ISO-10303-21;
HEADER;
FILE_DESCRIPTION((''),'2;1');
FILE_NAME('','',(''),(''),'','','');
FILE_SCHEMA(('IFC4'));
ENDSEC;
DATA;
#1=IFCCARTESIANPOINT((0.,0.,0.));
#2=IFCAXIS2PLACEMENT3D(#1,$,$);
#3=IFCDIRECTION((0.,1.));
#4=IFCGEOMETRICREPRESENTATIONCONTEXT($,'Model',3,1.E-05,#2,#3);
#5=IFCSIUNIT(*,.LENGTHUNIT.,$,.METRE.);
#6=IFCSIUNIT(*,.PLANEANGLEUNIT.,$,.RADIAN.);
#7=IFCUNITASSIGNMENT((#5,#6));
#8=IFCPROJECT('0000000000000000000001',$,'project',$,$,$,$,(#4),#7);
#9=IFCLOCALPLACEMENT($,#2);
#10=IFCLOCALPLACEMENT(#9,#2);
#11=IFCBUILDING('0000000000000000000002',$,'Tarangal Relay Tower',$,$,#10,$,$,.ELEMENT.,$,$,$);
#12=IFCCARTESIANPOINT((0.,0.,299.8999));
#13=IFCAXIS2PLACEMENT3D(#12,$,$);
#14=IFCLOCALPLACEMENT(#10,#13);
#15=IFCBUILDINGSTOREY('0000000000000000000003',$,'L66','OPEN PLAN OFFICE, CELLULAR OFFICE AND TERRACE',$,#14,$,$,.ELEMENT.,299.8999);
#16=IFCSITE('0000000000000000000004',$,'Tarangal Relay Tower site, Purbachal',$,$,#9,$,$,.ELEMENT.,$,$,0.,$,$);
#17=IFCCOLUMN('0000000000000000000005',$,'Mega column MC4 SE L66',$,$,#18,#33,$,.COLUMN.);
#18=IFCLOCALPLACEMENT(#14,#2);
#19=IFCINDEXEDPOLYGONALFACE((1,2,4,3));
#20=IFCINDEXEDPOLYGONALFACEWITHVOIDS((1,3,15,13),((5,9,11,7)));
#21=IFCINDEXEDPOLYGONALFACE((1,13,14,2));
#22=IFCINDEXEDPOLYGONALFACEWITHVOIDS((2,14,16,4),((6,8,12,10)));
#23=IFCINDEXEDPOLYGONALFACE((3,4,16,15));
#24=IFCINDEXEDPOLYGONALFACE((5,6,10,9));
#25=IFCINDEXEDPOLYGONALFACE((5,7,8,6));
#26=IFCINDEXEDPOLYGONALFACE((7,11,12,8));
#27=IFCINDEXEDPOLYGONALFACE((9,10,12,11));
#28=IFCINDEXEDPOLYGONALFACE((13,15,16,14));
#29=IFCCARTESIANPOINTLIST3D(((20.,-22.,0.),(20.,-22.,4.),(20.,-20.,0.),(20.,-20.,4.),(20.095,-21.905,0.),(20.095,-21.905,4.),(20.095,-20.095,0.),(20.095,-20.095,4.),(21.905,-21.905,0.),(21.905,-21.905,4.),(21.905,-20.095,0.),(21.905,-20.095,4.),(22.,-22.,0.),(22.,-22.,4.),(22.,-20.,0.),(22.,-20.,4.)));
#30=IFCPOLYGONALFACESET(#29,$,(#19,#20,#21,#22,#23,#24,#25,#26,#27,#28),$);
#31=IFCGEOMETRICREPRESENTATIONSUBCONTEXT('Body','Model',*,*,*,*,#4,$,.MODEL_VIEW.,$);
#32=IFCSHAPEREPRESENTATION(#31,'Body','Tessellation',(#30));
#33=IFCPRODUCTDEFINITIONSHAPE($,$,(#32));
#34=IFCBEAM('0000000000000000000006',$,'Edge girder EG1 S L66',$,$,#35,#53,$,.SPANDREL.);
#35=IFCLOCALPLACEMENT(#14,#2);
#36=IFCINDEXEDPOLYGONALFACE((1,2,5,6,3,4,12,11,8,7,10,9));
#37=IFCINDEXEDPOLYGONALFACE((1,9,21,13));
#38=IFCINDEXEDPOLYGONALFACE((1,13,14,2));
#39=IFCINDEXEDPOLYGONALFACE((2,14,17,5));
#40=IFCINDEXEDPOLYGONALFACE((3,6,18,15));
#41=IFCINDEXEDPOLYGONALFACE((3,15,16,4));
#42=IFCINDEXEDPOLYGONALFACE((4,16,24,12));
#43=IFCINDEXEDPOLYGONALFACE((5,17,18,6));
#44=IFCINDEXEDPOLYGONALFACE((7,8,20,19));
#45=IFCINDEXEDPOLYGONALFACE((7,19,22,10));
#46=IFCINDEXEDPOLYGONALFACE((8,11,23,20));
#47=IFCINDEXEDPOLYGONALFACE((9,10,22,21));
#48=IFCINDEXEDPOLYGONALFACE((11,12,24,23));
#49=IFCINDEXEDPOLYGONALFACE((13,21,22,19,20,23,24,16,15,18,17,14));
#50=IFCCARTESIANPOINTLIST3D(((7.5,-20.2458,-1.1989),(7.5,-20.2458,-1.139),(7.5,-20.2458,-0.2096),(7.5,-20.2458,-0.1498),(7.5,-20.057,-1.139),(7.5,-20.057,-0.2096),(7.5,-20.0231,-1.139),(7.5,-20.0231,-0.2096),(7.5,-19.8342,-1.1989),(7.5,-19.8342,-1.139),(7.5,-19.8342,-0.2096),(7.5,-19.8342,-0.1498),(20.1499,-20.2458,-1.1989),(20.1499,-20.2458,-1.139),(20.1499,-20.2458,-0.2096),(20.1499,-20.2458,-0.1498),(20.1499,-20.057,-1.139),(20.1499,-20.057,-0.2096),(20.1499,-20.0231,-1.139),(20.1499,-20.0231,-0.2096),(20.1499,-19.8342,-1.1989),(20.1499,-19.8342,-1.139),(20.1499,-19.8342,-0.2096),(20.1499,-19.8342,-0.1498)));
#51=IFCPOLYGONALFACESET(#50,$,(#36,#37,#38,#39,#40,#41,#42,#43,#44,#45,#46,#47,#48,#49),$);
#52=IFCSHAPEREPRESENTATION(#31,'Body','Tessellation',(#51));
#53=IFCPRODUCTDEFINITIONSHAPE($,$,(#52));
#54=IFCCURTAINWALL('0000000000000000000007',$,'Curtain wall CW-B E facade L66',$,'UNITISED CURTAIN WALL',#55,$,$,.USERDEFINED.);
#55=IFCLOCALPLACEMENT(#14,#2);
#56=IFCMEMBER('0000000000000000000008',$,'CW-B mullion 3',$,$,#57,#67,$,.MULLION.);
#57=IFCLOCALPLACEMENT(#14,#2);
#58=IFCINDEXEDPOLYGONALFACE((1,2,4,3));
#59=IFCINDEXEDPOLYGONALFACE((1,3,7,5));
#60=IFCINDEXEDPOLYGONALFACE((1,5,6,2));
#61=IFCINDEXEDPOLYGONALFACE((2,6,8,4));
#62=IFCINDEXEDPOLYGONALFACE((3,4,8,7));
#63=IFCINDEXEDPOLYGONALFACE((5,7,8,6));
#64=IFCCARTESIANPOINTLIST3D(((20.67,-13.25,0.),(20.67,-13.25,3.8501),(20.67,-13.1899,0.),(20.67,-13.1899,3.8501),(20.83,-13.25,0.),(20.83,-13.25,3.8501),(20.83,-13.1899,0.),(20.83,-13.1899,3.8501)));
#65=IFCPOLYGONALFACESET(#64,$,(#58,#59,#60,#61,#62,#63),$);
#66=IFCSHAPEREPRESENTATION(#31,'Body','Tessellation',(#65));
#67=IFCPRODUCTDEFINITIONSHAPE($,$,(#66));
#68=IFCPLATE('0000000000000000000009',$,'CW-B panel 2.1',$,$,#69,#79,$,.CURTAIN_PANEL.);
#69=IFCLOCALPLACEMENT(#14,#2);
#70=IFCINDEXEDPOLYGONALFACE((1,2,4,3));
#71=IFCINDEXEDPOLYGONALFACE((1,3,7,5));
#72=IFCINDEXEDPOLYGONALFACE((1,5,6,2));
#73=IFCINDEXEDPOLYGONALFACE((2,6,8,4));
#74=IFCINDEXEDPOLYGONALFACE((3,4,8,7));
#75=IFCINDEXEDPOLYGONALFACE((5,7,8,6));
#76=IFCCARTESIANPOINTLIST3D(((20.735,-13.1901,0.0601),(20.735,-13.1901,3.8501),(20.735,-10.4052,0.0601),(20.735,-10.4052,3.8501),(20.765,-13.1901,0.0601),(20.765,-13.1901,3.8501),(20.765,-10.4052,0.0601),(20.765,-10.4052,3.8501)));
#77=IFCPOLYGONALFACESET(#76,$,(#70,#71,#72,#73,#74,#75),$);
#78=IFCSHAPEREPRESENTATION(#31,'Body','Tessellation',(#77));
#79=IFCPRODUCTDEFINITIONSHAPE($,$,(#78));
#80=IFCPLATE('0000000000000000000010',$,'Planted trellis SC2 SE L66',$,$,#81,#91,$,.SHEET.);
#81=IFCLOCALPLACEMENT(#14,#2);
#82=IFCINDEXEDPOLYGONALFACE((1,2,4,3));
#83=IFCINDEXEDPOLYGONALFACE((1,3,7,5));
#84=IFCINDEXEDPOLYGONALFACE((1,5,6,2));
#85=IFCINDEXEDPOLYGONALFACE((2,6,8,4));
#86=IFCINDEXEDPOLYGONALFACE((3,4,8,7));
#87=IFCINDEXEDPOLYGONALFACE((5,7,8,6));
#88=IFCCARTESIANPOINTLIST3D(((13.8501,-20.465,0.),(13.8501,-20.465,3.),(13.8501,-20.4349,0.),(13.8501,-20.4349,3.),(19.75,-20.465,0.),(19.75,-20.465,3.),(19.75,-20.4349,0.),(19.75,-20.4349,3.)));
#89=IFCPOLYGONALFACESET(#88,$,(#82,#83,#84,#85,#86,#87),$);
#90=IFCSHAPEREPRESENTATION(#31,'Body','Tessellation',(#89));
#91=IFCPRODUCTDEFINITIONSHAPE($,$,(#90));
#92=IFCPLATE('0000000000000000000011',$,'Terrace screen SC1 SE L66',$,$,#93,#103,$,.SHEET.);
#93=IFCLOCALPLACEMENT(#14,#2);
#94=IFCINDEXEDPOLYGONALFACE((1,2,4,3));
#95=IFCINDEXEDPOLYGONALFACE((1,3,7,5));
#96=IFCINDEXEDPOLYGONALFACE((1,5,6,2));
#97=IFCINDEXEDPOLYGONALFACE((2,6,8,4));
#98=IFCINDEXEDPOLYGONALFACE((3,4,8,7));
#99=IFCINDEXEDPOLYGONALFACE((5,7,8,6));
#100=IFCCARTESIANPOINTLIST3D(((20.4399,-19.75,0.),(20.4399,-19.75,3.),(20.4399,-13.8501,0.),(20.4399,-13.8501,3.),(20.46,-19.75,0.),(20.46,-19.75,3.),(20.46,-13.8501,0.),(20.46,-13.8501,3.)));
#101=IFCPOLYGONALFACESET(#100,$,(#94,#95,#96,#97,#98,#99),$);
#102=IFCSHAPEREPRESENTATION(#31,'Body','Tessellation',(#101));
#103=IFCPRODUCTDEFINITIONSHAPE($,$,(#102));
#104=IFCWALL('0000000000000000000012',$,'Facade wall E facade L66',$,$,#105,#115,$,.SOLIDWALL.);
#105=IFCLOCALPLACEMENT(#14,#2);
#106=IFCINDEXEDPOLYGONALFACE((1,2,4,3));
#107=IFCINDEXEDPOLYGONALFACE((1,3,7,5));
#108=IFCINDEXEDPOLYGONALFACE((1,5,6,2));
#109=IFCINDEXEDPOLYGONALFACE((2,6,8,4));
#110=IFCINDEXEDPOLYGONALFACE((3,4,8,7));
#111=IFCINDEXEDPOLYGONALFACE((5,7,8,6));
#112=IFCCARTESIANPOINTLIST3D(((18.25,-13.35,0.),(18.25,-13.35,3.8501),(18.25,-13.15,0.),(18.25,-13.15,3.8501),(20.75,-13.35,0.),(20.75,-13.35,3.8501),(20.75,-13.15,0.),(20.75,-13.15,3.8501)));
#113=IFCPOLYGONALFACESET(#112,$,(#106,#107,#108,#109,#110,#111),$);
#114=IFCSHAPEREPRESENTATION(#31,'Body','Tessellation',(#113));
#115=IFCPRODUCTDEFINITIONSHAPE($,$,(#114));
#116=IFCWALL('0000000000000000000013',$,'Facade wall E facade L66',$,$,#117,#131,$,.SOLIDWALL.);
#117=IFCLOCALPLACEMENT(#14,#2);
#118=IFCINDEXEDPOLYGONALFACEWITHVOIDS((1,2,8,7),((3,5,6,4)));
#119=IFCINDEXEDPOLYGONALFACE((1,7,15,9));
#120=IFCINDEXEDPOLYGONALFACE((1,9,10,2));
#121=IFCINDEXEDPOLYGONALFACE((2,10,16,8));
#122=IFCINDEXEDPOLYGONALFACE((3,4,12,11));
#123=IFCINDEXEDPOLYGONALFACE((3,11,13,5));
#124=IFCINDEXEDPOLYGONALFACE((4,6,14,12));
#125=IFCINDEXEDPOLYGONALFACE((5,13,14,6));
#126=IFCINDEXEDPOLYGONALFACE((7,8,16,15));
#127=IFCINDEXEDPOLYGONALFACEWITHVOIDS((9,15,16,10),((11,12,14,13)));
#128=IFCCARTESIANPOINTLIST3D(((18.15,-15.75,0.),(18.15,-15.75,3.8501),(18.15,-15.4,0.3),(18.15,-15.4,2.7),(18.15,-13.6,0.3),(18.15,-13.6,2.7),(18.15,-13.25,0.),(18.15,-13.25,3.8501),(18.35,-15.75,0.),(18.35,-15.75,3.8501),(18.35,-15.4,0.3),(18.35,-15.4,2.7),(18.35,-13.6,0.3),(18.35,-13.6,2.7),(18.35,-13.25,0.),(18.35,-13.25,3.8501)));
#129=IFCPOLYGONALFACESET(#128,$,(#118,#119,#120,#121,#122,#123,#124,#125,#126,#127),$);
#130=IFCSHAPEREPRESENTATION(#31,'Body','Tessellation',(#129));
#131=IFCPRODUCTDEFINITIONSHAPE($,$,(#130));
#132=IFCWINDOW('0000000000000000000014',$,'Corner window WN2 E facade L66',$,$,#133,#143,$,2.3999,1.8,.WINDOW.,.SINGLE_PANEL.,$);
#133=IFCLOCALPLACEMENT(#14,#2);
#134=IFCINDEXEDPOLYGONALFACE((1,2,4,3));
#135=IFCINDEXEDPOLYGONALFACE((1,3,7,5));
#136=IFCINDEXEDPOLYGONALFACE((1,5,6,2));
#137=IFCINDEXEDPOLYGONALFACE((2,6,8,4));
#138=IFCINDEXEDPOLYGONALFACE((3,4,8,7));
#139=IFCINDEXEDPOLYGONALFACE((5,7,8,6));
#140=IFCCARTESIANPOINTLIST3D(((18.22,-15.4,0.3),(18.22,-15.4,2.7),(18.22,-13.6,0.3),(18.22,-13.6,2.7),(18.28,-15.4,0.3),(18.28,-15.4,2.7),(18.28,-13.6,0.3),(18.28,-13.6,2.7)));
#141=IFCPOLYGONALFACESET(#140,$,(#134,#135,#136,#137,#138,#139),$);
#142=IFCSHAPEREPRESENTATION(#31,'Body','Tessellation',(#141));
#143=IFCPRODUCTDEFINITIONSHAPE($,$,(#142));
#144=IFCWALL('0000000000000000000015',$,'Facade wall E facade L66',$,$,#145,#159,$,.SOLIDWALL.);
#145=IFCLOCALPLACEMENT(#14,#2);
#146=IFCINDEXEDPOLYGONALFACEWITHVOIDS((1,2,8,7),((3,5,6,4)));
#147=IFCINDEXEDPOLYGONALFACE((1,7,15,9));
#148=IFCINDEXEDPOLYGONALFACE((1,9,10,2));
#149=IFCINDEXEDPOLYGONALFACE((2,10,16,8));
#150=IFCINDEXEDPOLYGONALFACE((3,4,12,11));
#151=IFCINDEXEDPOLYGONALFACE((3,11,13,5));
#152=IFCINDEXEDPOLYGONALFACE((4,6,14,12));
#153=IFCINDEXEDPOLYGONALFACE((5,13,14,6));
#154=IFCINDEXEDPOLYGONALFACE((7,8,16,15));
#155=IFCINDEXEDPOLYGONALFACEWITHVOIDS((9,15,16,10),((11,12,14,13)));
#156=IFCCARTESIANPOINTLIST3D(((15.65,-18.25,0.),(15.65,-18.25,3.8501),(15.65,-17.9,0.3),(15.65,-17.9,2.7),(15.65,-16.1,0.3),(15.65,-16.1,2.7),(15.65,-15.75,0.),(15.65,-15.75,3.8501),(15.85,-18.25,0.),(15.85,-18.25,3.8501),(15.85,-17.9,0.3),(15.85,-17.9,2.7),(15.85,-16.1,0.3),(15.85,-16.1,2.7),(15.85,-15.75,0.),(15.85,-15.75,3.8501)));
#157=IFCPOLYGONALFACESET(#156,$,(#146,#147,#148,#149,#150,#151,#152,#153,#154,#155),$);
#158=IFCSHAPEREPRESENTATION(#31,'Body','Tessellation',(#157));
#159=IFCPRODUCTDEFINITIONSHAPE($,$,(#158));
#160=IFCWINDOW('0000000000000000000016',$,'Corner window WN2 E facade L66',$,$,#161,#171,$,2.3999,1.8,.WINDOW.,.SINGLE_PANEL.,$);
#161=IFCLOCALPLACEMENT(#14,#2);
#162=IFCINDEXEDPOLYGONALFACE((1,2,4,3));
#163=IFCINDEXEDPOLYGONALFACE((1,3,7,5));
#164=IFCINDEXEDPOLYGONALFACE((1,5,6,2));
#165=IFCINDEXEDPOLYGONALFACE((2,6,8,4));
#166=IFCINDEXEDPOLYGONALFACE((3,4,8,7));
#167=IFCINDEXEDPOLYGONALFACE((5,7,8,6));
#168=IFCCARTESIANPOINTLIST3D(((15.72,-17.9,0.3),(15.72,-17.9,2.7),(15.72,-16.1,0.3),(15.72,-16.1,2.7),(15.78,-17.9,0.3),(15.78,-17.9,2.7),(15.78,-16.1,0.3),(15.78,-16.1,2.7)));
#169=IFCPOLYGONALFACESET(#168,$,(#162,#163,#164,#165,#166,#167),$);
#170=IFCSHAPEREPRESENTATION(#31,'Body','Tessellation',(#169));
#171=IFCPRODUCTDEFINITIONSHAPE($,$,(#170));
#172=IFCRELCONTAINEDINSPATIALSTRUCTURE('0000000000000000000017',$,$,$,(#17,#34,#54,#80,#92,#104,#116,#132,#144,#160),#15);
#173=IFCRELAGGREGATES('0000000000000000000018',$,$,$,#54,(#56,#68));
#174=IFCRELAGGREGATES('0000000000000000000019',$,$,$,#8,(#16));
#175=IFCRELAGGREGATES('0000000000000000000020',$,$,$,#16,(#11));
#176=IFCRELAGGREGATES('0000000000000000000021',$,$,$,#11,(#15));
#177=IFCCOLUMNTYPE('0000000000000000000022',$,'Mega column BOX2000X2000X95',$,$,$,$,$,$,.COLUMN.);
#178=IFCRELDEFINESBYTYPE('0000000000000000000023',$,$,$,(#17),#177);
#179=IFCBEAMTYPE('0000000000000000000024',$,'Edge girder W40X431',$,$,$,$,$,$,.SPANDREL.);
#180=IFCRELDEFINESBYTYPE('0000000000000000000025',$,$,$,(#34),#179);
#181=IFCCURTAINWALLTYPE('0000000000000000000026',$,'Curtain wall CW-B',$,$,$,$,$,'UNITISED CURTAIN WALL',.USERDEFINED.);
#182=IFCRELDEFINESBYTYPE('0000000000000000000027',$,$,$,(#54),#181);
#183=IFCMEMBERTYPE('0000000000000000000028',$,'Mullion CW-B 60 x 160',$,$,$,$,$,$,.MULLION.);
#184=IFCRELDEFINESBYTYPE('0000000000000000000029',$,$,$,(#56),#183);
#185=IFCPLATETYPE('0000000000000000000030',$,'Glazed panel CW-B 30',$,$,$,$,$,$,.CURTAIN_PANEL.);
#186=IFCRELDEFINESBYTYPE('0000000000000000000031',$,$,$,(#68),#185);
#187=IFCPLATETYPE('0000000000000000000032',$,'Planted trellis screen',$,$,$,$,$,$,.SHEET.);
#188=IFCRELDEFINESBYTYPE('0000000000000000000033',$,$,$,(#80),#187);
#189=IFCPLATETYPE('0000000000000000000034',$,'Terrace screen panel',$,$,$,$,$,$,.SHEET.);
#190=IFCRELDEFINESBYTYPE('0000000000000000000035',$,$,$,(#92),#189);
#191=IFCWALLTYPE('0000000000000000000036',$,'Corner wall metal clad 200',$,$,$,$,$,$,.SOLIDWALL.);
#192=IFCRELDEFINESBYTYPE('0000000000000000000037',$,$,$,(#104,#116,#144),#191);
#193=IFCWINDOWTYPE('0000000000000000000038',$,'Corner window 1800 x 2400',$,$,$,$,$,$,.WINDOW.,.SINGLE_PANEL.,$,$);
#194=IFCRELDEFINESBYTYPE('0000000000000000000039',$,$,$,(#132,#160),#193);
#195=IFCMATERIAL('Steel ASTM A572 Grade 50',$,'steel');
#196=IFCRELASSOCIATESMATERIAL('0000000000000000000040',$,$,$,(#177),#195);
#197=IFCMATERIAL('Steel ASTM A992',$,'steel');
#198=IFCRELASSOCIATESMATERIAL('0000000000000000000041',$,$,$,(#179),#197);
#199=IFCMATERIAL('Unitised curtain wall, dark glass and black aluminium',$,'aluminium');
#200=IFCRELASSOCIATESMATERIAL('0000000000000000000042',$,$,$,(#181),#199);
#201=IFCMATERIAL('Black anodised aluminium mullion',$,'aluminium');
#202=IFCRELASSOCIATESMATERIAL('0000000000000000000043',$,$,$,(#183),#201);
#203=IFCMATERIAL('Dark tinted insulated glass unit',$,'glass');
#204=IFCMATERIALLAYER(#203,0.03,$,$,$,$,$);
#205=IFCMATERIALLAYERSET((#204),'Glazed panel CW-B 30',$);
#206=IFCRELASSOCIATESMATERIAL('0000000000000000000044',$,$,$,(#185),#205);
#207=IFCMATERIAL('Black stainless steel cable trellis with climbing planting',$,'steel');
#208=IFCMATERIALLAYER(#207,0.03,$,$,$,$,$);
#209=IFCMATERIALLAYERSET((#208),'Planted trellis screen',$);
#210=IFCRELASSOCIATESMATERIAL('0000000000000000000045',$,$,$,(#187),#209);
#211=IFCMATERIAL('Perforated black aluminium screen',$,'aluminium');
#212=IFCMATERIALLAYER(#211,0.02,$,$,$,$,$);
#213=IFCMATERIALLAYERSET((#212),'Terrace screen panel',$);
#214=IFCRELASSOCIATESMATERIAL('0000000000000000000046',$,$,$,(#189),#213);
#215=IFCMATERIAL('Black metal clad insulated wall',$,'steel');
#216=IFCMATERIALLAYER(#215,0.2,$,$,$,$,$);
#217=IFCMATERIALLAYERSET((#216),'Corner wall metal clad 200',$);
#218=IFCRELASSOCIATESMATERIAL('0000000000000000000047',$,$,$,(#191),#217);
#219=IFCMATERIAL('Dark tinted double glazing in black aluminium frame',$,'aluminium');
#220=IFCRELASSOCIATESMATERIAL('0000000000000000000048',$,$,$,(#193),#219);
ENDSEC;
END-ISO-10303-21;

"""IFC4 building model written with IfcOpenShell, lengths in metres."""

from ifc_helpers import new_model, si_unit, direction, frame, frame_2d, origin, origin_2d, place, context, subcontext, project, spatial, rectangle, hollow_rectangle, i_section, extrude, material, layer, layer_set, material_profile, profile_set, type_object, element, fill, aggregate, save


model = new_model("IFC4")

# Units and contexts
model_context = context("Model", 3, precision=1e-05, world=origin(), true_north=direction((0.0, 1.0)))
body_context = subcontext(model_context, "Body", "Model", "MODEL_VIEW")
ifc_project = project(units=[si_unit("LENGTHUNIT", "METRE"), si_unit("PLANEANGLEUNIT", "RADIAN")], contexts=[model_context])

# Site, building, storey
site_placement = place(None, origin())
site = spatial("IfcSite", under=ifc_project, at=site_placement, Name="Tarangal Relay Tower site, Purbachal", CompositionType="ELEMENT", RefElevation=0.0)
building_placement = place(site_placement, origin())
building = spatial("IfcBuilding", under=site, at=building_placement, Name="Tarangal Relay Tower", CompositionType="ELEMENT")
storey_placement = place(building_placement, frame((0.0, 0.0, 299.8999)))
storey = spatial("IfcBuildingStorey", under=building, at=storey_placement, Name="L66", Description="OPEN PLAN OFFICE, CELLULAR OFFICE AND TERRACE", CompositionType="ELEMENT", Elevation=299.8999)

# Column
ifc_material_1 = material(Name="Steel ASTM A572 Grade 50", Category="steel")
ifc_material_profile_1 = material_profile(ifc_material_1, hollow_rectangle(XDim=2.0, YDim=2.0, WallThickness=0.095, at=origin_2d()), Name="BOX2000X2000X95")
ifc_profile_set_1 = profile_set([ifc_material_profile_1], Name="Steel ASTM A572 Grade 50")
column_type = type_object("IfcColumnType", Name="Mega column BOX2000X2000X95", PredefinedType="COLUMN", material=ifc_profile_set_1)
column_placement = place(storey_placement, frame((21.0, -21.0, 0.0), z_axis=(0.0, 0.0, 1.0), x_axis=(1.0, 0.0, 0.0)))
element("IfcColumn", 1, at=column_placement, inside=storey, type_object=column_type, Name="Mega column MC4 SE L66", PredefinedType="COLUMN", context=body_context, shape_type="SweptSolid", body=[
    extrude(hollow_rectangle(XDim=2.0, YDim=2.0, WallThickness=0.095, at=origin_2d()), origin(), (0.0, 0.0, 1.0), 4.0),
])

# Beam
ifc_material_2 = material(Name="Steel ASTM A992", Category="steel")
ifc_material_profile_2 = material_profile(ifc_material_2, i_section(OverallWidth=0.4116, OverallDepth=1.0491, WebThickness=0.0339, FlangeThickness=0.0598, at=origin_2d()), Name="W40X431")
ifc_profile_set_2 = profile_set([ifc_material_profile_2], Name="Steel ASTM A992")
beam_type = type_object("IfcBeamType", Name="Edge girder W40X431", PredefinedType="SPANDREL", material=ifc_profile_set_2)
beam_placement = place(storey_placement, frame((20.1499, -20.04, -0.6743), z_axis=(-1.0, 0.0, 0.0), x_axis=(0.0, -1.0, 0.0)))
element("IfcBeam", 2, at=beam_placement, inside=storey, type_object=beam_type, Name="Edge girder EG1 S L66", PredefinedType="SPANDREL", context=body_context, shape_type="SweptSolid", body=[
    extrude(i_section(OverallWidth=0.4116, OverallDepth=1.0491, WebThickness=0.0339, FlangeThickness=0.0598, at=origin_2d()), origin(), (0.0, 0.0, 1.0), 12.6499),
])

# Curtain wall, member, plate
ifc_material_3 = material(Name="Unitised curtain wall, dark glass and black aluminium", Category="aluminium")
curtain_wall_type = type_object("IfcCurtainWallType", Name="Curtain wall CW-B", ElementType="UNITISED CURTAIN WALL", PredefinedType="USERDEFINED", material=ifc_material_3)
curtain_wall_placement = place(storey_placement, origin())
curtain_wall = element("IfcCurtainWall", 3, at=curtain_wall_placement, inside=storey, type_object=curtain_wall_type, Name="Curtain wall CW-B E facade L66", ObjectType="UNITISED CURTAIN WALL", PredefinedType="USERDEFINED")
ifc_material_4 = material(Name="Black anodised aluminium mullion", Category="aluminium")
ifc_material_profile_3 = material_profile(ifc_material_4, rectangle(XDim=0.1599, YDim=0.0601, at=origin_2d()), Name="CW-BM 60X160")
ifc_profile_set_3 = profile_set([ifc_material_profile_3], Name="Black anodised aluminium mullion")
member_type = type_object("IfcMemberType", Name="Mullion CW-B 60 x 160", PredefinedType="MULLION", material=ifc_profile_set_3)
member_placement = place(storey_placement, frame((20.75, -13.22, 0.0), z_axis=(0.0, 0.0, 1.0), x_axis=(1.0, 0.0, 0.0)))
member = element("IfcMember", 4, at=member_placement, type_object=member_type, Name="CW-B mullion 3", PredefinedType="MULLION", context=body_context, shape_type="SweptSolid", body=[
    extrude(rectangle(XDim=0.1599, YDim=0.0601, at=origin_2d()), origin(), (0.0, 0.0, 1.0), 3.8501),
])
ifc_material_5 = material(Name="Dark tinted insulated glass unit", Category="glass")
ifc_layer_1 = layer(ifc_material_5, 0.03)
ifc_layer_set_1 = layer_set([ifc_layer_1], Name="Glazed panel CW-B 30")
plate_type_1 = type_object("IfcPlateType", Name="Glazed panel CW-B 30", PredefinedType="CURTAIN_PANEL", material=ifc_layer_set_1)
plate_1_placement = place(storey_placement, frame((20.75, -11.7976, 0.0601), z_axis=(0.0, 0.0, 1.0), x_axis=(0.0, -1.0, 0.0)))
plate_1 = element("IfcPlate", 5, at=plate_1_placement, type_object=plate_type_1, Name="CW-B panel 2.1", PredefinedType="CURTAIN_PANEL", context=body_context, shape_type="SweptSolid", body=[
    extrude(rectangle(XDim=2.7849, YDim=0.03, at=origin_2d()), origin(), (0.0, 0.0, 1.0), 3.79),
])
aggregate(curtain_wall, [member, plate_1])

# Plates
ifc_material_6 = material(Name="Black stainless steel cable trellis with climbing planting", Category="steel")
ifc_layer_2 = layer(ifc_material_6, 0.03)
ifc_layer_set_2 = layer_set([ifc_layer_2], Name="Planted trellis screen")
plate_type_2 = type_object("IfcPlateType", Name="Planted trellis screen", PredefinedType="SHEET", material=ifc_layer_set_2)
plate_2_placement = place(storey_placement, frame((16.8, -20.45, 0.0), z_axis=(0.0, 0.0, 1.0), x_axis=(-1.0, 0.0, 0.0)))
element("IfcPlate", 6, at=plate_2_placement, inside=storey, type_object=plate_type_2, Name="Planted trellis SC2 SE L66", PredefinedType="SHEET", context=body_context, shape_type="SweptSolid", body=[
    extrude(rectangle(XDim=5.8999, YDim=0.03, at=origin_2d()), origin(), (0.0, 0.0, 1.0), 3.0),
])
ifc_material_7 = material(Name="Perforated black aluminium screen", Category="aluminium")
ifc_layer_3 = layer(ifc_material_7, 0.02)
ifc_layer_set_3 = layer_set([ifc_layer_3], Name="Terrace screen panel")
plate_type_3 = type_object("IfcPlateType", Name="Terrace screen panel", PredefinedType="SHEET", material=ifc_layer_set_3)
plate_3_placement = place(storey_placement, frame((20.45, -16.8, 0.0), z_axis=(0.0, 0.0, 1.0), x_axis=(0.0, -1.0, 0.0)))
element("IfcPlate", 7, at=plate_3_placement, inside=storey, type_object=plate_type_3, Name="Terrace screen SC1 SE L66", PredefinedType="SHEET", context=body_context, shape_type="SweptSolid", body=[
    extrude(rectangle(XDim=5.8999, YDim=0.02, at=origin_2d()), origin(), (0.0, 0.0, 1.0), 3.0),
])

# Wall
ifc_material_8 = material(Name="Black metal clad insulated wall", Category="steel")
ifc_layer_4 = layer(ifc_material_8, 0.2)
ifc_layer_set_4 = layer_set([ifc_layer_4], Name="Corner wall metal clad 200")
wall_type = type_object("IfcWallType", Name="Corner wall metal clad 200", PredefinedType="SOLIDWALL", material=ifc_layer_set_4)
wall_1_placement = place(storey_placement, frame((20.75, -13.25, 0.0), z_axis=(0.0, 0.0, 1.0), x_axis=(-1.0, 0.0, 0.0)))
element("IfcWall", 8, at=wall_1_placement, inside=storey, type_object=wall_type, Name="Facade wall E facade L66", PredefinedType="SOLIDWALL", context=body_context, shape_type="SweptSolid", body=[
    extrude(rectangle(XDim=2.5, YDim=0.2, at=frame_2d((1.25, 0.0))), origin(), (0.0, 0.0, 1.0), 3.8501),
])

# Wall, opening, window
wall_2_placement = place(storey_placement, frame((18.25, -13.25, 0.0), z_axis=(0.0, 0.0, 1.0), x_axis=(0.0, -1.0, 0.0)))
wall_2 = element("IfcWall", 9, at=wall_2_placement, inside=storey, type_object=wall_type, Name="Facade wall E facade L66", PredefinedType="SOLIDWALL", context=body_context, shape_type="SweptSolid", body=[
    extrude(rectangle(XDim=2.5, YDim=0.2, at=frame_2d((1.25, 0.0))), origin(), (0.0, 0.0, 1.0), 3.8501),
])
opening_1_placement = place(wall_2_placement, frame((0.3501, 0.0, 0.3)))
opening_1 = element("IfcOpeningElement", 10, at=opening_1_placement, cuts=wall_2, PredefinedType="OPENING", context=body_context, shape_type="SweptSolid", body=[
    extrude(rectangle(XDim=1.8, YDim=2.3999, at=frame_2d((0.8999, 1.2))), frame((0.0, 0.1099, 0.0), z_axis=(0.0, -1.0, 0.0), x_axis=(1.0, 0.0, 0.0)), (0.0, 0.0, 1.0), 0.22),
])
ifc_material_9 = material(Name="Dark tinted double glazing in black aluminium frame", Category="aluminium")
window_type = type_object("IfcWindowType", Name="Corner window 1800 x 2400", PartitioningType="SINGLE_PANEL", PredefinedType="WINDOW", material=ifc_material_9)
window_1_placement = place(opening_1_placement, origin())
window_1 = element("IfcWindow", 11, at=window_1_placement, inside=storey, type_object=window_type, Name="Corner window WN2 E facade L66", OverallHeight=2.3999, OverallWidth=1.8, PartitioningType="SINGLE_PANEL", PredefinedType="WINDOW", context=body_context, shape_type="SweptSolid", body=[
    extrude(rectangle(XDim=1.8, YDim=2.3999, at=frame_2d((0.8999, 1.2))), frame((0.0, 0.03, 0.0), z_axis=(0.0, -1.0, 0.0), x_axis=(1.0, 0.0, 0.0)), (0.0, 0.0, 1.0), 0.0601),
])
fill(opening_1, window_1)

# Wall, opening, window
wall_3_placement = place(storey_placement, frame((15.75, -15.75, 0.0), z_axis=(0.0, 0.0, 1.0), x_axis=(0.0, -1.0, 0.0)))
wall_3 = element("IfcWall", 12, at=wall_3_placement, inside=storey, type_object=wall_type, Name="Facade wall E facade L66", PredefinedType="SOLIDWALL", context=body_context, shape_type="SweptSolid", body=[
    extrude(rectangle(XDim=2.5, YDim=0.2, at=frame_2d((1.25, 0.0))), origin(), (0.0, 0.0, 1.0), 3.8501),
])
opening_2_placement = place(wall_3_placement, frame((0.3501, 0.0, 0.3)))
opening_2 = element("IfcOpeningElement", 13, at=opening_2_placement, cuts=wall_3, PredefinedType="OPENING", context=body_context, shape_type="SweptSolid", body=[
    extrude(rectangle(XDim=1.8, YDim=2.3999, at=frame_2d((0.8999, 1.2))), frame((0.0, 0.1099, 0.0), z_axis=(0.0, -1.0, 0.0), x_axis=(1.0, 0.0, 0.0)), (0.0, 0.0, 1.0), 0.22),
])
window_2_placement = place(opening_2_placement, origin())
window_2 = element("IfcWindow", 14, at=window_2_placement, inside=storey, type_object=window_type, Name="Corner window WN2 E facade L66", OverallHeight=2.3999, OverallWidth=1.8, PartitioningType="SINGLE_PANEL", PredefinedType="WINDOW", context=body_context, shape_type="SweptSolid", body=[
    extrude(rectangle(XDim=1.8, YDim=2.3999, at=frame_2d((0.8999, 1.2))), frame((0.0, 0.03, 0.0), z_axis=(0.0, -1.0, 0.0), x_axis=(1.0, 0.0, 0.0)), (0.0, 0.0, 1.0), 0.0601),
])
fill(opening_2, window_2)

save(model, "model.ifc")
